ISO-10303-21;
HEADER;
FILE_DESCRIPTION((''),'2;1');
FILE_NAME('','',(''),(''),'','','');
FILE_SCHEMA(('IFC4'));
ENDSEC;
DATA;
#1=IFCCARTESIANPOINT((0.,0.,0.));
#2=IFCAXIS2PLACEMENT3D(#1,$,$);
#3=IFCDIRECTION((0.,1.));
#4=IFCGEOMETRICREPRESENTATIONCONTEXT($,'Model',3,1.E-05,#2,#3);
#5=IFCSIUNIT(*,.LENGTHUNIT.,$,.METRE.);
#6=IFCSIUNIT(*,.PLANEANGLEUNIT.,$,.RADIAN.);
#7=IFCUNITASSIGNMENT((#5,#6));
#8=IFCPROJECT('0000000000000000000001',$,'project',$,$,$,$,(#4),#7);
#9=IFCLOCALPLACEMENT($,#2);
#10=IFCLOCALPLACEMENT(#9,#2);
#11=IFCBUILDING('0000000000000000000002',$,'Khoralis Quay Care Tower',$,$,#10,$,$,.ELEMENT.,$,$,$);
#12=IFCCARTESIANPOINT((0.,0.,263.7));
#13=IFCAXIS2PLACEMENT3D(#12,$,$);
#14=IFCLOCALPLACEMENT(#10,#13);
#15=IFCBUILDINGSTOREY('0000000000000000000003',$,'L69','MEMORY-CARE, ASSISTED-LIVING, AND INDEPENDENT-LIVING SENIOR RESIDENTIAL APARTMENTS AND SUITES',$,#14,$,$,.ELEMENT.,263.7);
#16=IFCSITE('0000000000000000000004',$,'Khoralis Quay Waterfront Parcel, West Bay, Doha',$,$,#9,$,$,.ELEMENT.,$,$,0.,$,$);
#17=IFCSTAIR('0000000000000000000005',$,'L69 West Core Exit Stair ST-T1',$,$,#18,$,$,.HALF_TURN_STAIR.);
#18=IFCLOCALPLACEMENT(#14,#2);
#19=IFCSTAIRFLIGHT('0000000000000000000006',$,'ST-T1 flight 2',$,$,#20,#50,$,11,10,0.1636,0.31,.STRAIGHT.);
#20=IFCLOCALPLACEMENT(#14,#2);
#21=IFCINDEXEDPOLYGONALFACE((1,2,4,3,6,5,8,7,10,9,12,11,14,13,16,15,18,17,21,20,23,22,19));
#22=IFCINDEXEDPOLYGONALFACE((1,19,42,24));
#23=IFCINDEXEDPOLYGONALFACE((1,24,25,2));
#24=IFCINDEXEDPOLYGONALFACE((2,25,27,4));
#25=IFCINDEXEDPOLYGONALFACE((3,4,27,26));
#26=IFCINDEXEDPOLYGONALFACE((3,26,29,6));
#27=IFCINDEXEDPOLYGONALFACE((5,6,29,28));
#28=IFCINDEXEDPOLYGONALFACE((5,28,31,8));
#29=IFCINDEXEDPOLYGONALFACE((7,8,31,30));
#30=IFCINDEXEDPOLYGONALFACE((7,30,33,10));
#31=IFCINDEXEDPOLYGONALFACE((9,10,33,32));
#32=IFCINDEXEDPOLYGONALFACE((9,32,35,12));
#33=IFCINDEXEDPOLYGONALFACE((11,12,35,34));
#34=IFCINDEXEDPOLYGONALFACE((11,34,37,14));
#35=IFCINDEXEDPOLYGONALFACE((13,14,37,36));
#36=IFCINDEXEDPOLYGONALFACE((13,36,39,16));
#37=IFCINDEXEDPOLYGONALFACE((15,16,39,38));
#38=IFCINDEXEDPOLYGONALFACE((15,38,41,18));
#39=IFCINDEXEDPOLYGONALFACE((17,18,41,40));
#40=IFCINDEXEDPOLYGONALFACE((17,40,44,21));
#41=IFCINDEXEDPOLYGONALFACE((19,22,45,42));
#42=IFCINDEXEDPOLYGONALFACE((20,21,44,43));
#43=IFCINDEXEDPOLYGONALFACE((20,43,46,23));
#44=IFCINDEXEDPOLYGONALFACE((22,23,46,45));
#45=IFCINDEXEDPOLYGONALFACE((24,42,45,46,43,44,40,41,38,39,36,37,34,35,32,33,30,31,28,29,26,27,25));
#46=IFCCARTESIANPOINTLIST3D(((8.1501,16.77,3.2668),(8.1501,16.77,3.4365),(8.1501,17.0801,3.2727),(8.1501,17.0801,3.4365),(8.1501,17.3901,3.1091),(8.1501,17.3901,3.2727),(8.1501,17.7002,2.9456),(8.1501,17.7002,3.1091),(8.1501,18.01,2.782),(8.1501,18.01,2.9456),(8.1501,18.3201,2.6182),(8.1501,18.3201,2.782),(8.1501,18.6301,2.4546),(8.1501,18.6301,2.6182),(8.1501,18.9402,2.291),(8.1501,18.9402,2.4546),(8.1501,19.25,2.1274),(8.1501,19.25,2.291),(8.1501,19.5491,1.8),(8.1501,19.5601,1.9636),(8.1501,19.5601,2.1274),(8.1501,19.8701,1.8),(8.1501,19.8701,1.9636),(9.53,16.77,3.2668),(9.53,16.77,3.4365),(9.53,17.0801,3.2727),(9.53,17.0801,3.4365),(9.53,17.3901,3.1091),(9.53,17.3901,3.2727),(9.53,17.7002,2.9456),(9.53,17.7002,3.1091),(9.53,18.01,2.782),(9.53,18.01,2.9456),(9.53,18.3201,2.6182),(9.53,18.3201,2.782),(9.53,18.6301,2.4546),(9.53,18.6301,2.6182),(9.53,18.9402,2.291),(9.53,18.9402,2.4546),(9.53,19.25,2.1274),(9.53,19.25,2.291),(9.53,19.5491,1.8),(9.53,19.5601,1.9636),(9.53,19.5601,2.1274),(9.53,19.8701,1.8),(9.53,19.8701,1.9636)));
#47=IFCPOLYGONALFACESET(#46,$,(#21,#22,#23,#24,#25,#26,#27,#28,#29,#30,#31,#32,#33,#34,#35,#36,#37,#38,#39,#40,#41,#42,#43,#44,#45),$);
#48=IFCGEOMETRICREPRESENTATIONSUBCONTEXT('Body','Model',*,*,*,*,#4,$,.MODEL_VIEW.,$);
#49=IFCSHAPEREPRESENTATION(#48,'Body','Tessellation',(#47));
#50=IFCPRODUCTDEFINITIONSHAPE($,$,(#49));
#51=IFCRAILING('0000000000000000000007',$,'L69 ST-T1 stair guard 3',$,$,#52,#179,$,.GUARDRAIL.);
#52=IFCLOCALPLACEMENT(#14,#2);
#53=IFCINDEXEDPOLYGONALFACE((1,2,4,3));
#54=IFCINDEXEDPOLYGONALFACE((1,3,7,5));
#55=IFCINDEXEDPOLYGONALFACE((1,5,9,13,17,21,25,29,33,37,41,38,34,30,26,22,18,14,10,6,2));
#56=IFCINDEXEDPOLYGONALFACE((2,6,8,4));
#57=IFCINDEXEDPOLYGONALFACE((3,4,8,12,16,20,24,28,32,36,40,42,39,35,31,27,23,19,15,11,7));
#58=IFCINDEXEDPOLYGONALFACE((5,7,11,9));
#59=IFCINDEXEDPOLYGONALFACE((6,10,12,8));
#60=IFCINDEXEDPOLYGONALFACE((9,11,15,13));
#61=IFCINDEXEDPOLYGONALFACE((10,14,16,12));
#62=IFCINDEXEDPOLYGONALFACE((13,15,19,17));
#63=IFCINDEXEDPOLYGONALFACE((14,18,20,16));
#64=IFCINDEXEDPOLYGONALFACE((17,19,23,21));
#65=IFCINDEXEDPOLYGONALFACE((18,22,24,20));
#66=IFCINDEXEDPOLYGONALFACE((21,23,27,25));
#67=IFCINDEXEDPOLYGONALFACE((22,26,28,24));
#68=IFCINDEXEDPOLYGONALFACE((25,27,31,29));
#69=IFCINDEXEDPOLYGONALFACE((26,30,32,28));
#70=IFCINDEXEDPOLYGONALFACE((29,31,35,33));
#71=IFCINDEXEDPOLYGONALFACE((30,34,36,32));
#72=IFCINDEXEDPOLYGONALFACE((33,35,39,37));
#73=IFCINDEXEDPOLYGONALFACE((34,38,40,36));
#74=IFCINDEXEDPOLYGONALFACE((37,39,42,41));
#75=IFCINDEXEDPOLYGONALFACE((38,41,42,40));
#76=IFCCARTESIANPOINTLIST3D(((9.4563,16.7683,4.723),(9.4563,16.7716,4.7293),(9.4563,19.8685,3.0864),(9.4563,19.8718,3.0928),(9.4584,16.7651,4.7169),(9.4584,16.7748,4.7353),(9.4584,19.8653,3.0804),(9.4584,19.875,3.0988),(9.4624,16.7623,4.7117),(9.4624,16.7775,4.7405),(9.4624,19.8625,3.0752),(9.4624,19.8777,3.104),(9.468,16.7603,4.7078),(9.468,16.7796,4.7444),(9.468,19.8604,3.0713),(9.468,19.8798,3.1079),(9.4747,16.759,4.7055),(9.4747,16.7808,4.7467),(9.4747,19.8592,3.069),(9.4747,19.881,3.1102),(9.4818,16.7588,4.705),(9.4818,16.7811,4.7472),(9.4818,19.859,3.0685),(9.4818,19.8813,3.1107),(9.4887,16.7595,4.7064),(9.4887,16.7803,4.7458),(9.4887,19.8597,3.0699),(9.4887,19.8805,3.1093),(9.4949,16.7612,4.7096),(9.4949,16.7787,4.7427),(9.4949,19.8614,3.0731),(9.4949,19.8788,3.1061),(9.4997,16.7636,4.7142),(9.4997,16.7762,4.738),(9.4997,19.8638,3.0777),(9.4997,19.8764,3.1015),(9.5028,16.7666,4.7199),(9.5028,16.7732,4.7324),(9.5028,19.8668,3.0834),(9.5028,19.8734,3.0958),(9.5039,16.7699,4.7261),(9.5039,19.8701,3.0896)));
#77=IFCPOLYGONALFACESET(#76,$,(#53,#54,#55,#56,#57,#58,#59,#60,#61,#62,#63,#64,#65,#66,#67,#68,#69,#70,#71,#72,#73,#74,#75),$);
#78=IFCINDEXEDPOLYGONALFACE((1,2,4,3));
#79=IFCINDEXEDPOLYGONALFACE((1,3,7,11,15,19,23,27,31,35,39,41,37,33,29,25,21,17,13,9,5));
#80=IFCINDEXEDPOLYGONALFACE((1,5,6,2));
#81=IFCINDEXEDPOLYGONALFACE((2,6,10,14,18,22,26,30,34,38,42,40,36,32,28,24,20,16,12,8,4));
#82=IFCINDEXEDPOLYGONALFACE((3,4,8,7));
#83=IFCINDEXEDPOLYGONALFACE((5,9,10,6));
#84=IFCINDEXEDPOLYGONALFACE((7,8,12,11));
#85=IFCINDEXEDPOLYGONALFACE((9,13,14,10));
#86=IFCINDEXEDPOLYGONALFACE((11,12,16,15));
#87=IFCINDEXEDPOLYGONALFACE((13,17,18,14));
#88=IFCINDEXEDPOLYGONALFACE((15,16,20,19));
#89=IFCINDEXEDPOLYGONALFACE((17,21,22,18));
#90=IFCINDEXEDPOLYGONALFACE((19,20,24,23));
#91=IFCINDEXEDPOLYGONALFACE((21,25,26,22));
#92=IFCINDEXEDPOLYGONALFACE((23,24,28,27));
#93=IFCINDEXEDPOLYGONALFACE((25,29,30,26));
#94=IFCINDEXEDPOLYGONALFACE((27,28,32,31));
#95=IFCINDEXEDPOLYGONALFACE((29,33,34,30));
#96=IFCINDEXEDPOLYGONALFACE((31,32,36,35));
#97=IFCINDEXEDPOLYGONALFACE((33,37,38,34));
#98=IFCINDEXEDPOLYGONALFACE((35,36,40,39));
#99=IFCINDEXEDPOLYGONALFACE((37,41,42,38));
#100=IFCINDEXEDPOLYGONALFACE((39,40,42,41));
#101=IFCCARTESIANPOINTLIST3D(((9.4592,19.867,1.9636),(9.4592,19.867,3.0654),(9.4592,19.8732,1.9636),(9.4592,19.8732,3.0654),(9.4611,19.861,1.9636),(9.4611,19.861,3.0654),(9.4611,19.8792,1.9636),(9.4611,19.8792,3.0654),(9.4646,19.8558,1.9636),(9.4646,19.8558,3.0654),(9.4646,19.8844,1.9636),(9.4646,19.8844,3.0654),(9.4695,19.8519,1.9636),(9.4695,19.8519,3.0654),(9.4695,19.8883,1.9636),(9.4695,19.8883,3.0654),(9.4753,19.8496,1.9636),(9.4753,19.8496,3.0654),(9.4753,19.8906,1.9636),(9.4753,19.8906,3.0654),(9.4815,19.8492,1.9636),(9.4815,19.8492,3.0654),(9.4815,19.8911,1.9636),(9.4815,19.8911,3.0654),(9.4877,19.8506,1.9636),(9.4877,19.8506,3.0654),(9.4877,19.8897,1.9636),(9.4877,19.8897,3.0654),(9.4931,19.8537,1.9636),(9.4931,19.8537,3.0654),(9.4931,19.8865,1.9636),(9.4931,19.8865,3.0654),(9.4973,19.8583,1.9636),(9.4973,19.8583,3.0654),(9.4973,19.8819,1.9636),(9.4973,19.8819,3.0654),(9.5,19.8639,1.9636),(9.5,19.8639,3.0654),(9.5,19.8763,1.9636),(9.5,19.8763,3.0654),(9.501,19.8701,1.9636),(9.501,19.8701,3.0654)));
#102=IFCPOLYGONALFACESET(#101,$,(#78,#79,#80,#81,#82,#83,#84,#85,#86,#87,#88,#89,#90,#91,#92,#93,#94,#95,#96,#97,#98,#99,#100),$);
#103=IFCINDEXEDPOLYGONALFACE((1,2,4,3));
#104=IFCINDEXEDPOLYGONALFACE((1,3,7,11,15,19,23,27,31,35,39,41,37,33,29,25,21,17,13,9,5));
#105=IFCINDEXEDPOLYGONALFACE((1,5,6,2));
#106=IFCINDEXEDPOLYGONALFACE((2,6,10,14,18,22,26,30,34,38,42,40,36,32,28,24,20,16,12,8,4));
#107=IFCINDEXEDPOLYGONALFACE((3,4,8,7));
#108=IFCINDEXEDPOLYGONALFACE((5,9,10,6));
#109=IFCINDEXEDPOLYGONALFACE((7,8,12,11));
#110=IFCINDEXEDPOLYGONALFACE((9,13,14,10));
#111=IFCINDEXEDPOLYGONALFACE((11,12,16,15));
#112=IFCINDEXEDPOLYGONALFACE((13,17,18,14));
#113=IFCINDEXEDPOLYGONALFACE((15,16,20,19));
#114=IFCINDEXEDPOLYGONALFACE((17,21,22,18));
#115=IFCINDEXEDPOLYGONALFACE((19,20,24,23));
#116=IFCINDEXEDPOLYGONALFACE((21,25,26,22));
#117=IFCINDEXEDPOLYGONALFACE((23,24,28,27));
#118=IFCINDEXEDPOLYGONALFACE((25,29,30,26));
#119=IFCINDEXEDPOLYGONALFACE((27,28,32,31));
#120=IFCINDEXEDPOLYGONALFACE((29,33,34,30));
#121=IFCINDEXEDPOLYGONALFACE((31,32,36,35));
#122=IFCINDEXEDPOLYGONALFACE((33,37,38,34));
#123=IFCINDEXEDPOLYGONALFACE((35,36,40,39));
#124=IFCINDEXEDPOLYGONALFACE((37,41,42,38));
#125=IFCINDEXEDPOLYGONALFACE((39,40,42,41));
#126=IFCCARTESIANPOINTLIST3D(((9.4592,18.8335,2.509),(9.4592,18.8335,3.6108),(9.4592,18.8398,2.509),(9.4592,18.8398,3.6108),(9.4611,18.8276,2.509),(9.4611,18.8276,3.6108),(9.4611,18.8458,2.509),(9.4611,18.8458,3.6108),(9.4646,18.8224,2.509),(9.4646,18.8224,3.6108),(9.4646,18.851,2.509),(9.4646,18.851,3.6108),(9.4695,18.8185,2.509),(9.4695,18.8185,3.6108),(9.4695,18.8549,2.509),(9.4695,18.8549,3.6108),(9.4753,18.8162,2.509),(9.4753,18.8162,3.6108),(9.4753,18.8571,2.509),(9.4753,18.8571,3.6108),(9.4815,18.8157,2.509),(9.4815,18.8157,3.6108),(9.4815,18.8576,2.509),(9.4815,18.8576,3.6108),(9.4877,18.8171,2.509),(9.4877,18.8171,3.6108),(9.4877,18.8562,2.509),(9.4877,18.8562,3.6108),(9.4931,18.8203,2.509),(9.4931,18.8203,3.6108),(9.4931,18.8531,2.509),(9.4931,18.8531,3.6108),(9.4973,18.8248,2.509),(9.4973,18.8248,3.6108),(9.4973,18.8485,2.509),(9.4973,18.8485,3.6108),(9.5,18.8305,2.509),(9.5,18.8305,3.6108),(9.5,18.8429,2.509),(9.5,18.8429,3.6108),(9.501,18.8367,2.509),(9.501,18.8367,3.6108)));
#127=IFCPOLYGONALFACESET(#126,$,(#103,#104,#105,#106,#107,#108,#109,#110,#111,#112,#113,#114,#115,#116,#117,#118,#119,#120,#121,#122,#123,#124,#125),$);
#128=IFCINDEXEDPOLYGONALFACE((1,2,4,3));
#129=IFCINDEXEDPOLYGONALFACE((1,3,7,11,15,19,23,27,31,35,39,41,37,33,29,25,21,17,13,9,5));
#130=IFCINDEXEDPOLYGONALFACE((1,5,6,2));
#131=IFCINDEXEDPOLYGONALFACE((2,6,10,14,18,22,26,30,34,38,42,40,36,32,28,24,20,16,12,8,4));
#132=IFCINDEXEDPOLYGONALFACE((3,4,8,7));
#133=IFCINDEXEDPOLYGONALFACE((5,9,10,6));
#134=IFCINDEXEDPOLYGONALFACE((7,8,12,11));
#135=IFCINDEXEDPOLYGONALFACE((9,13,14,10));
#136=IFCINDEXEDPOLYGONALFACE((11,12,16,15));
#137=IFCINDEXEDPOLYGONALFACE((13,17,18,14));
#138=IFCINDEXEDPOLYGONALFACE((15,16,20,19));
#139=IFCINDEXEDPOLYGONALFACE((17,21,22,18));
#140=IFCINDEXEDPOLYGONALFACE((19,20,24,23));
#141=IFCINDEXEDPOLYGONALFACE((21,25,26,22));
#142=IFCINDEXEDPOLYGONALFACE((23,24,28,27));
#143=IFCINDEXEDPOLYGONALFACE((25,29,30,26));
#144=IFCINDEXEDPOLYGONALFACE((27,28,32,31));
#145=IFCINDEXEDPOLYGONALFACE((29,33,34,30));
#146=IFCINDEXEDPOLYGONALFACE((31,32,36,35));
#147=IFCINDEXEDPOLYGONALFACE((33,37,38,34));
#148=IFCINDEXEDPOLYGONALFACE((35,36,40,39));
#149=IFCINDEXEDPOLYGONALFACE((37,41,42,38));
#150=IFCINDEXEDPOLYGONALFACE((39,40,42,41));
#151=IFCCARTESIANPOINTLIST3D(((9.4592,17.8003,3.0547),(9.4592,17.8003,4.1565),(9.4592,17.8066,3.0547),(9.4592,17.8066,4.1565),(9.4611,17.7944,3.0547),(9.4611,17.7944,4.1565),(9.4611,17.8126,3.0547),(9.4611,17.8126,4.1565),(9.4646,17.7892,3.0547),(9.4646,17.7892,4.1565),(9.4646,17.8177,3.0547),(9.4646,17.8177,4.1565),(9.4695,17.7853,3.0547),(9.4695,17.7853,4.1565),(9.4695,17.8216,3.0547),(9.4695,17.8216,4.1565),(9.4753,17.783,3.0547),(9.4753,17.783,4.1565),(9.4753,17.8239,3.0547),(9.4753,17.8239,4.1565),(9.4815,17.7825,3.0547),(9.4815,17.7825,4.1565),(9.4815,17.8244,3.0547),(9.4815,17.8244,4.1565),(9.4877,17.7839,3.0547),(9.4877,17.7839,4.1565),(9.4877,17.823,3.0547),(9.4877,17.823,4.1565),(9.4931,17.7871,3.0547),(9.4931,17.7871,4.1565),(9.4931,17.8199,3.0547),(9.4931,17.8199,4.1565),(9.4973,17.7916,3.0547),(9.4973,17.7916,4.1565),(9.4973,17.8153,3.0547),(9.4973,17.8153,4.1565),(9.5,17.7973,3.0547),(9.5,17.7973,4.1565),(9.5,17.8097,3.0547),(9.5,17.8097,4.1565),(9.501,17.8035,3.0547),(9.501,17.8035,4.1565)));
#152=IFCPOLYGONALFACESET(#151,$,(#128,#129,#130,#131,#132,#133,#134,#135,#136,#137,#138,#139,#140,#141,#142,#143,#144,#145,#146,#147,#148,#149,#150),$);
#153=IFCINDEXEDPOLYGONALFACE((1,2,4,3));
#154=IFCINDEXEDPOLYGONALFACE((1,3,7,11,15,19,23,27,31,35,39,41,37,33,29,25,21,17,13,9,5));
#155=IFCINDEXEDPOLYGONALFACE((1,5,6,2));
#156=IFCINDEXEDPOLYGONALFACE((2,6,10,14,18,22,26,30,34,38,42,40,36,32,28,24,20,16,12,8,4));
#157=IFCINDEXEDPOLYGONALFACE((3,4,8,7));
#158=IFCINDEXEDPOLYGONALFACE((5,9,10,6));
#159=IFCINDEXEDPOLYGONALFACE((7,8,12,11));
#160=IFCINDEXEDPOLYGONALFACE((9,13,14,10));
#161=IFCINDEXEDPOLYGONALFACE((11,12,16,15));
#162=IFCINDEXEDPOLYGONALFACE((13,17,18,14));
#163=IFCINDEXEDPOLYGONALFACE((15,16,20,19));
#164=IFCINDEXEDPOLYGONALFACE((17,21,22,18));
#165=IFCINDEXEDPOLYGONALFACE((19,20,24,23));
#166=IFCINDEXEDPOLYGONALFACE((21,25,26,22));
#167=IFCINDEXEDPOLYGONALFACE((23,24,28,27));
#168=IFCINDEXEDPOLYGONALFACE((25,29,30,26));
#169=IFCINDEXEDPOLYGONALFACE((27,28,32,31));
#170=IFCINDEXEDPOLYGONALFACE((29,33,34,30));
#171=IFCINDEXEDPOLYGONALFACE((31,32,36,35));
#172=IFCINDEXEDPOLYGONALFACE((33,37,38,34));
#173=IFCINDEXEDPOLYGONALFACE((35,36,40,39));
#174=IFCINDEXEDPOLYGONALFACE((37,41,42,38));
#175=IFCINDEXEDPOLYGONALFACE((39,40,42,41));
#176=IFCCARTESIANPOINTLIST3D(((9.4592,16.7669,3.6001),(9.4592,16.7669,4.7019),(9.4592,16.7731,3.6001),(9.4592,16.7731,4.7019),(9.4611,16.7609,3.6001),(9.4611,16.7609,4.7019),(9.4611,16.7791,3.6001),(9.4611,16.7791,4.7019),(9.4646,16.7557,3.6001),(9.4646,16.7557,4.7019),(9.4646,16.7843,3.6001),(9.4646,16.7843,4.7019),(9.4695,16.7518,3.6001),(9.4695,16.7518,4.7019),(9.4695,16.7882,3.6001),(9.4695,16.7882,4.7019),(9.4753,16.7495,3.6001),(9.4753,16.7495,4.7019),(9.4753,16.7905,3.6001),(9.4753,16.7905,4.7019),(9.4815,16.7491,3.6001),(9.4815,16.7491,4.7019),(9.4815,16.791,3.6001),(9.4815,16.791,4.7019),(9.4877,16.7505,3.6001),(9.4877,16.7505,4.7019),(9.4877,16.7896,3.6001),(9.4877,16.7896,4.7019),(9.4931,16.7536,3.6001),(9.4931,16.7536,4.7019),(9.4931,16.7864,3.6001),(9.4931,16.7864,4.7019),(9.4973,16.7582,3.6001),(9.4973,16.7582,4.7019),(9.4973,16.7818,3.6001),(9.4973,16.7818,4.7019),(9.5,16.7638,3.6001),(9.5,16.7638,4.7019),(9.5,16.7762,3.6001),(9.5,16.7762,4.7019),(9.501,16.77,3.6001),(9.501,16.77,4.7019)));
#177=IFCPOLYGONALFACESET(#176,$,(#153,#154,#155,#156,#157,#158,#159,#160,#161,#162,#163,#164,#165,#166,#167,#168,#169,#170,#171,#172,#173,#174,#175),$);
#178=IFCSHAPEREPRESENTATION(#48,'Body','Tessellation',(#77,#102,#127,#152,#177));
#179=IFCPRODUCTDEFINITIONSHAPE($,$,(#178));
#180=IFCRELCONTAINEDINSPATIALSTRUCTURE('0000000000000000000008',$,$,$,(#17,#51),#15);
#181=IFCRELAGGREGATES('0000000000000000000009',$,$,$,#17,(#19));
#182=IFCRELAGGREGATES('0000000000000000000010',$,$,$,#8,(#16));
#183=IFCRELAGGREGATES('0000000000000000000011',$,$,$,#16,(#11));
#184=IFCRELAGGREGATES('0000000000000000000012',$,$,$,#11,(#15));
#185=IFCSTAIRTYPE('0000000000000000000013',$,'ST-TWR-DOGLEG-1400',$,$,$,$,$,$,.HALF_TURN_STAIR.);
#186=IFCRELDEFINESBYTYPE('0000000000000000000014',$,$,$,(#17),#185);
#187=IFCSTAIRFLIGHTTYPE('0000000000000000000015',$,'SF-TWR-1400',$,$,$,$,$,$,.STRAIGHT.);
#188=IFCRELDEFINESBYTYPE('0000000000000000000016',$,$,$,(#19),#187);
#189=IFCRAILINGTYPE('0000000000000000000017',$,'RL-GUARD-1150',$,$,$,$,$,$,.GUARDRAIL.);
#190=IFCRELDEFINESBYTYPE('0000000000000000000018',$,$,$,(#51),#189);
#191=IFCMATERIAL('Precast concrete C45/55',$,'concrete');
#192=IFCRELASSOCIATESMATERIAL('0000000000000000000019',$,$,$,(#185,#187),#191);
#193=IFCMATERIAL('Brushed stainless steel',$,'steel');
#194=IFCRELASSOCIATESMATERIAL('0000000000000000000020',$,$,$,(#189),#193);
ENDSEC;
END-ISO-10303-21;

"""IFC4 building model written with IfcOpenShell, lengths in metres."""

from ifc_helpers import new_model, si_unit, direction, frame, origin, origin_2d, place, context, subcontext, project, spatial, polyline, circle, outline, extrude, source, transform, mapped, material, type_object, element, aggregate, save


model = new_model("IFC4")

# Units and contexts
model_context = context("Model", 3, precision=1e-05, world=origin(), true_north=direction((0.0, 1.0)))
body_context = subcontext(model_context, "Body", "Model", "MODEL_VIEW")
ifc_project = project(units=[si_unit("LENGTHUNIT", "METRE"), si_unit("PLANEANGLEUNIT", "RADIAN")], contexts=[model_context])

# Site, building, storey
site_placement = place(None, origin())
site = spatial("IfcSite", under=ifc_project, at=site_placement, Name="Khoralis Quay Waterfront Parcel, West Bay, Doha", CompositionType="ELEMENT", RefElevation=0.0)
building_placement = place(site_placement, origin())
building = spatial("IfcBuilding", under=site, at=building_placement, Name="Khoralis Quay Care Tower", CompositionType="ELEMENT")
storey_placement = place(building_placement, frame((0.0, 0.0, 263.7)))
storey = spatial("IfcBuildingStorey", under=building, at=storey_placement, Name="L69", Description="MEMORY-CARE, ASSISTED-LIVING, AND INDEPENDENT-LIVING SENIOR RESIDENTIAL APARTMENTS AND SUITES", CompositionType="ELEMENT", Elevation=263.7)

# Shared definitions
ifc_material_1 = material(Name="Brushed stainless steel", Category="steel")

# Shared definitions
ifc_material_2 = material(Name="Precast concrete C45/55", Category="concrete")

# Stair, stair flight
stair_type = type_object("IfcStairType", Name="ST-TWR-DOGLEG-1400", PredefinedType="HALF_TURN_STAIR", material=ifc_material_2)
stair_placement = place(storey_placement, origin())
stair = element("IfcStair", 1, at=stair_placement, inside=storey, type_object=stair_type, Name="L69 West Core Exit Stair ST-T1", PredefinedType="HALF_TURN_STAIR")
stair_flight_type = type_object("IfcStairFlightType", Name="SF-TWR-1400", PredefinedType="STRAIGHT", material=ifc_material_2)
shared_shape_1 = source(origin(), body_context, "Body", "SweptSolid", [
    extrude(outline(polyline([(0.0, 0.0), (0.0, 0.1636), (0.3101, 0.1636), (0.3101, 0.3274), (0.6201, 0.3274), (0.6201, 0.491), (0.9299, 0.491), (0.9299, 0.6545), (1.24, 0.6545), (1.24, 0.8181), (1.55, 0.8181), (1.55, 0.9819), (1.8601, 0.9819), (1.8601, 1.1455), (2.1699, 1.1455), (2.1699, 1.3091), (2.48, 1.3091), (2.48, 1.4727), (2.79, 1.4727), (2.79, 1.6365), (3.1001, 1.6365), (3.1001, 1.8), (3.1001, 1.4668), (0.321, 0.0), (0.0, 0.0)])), frame((0.0, 0.6899, 0.0), z_axis=(0.0, -1.0, 0.0), x_axis=(1.0, 0.0, 0.0)), (0.0, 0.0, 1.0), 1.3799),
])
stair_flight_placement = place(storey_placement, frame((8.8401, 19.8701, 1.8), z_axis=(0.0, 0.0, 1.0), x_axis=(0.0, -1.0, 0.0)))
stair_flight = element("IfcStairFlight", 2, at=stair_flight_placement, type_object=stair_flight_type, Name="ST-T1 flight 2", NumberOfRisers=11, NumberOfTreads=10, PredefinedType="STRAIGHT", RiserHeight=0.1636, TreadLength=0.31, context=body_context, shape_type="MappedRepresentation", body=[
    mapped(shared_shape_1, transform((0.0, 0.0, 0.0), scale=1.0)),
])
aggregate(stair, [stair_flight])

# Railing
railing_type_1 = type_object("IfcRailingType", Name="RL-GUARD-1150", PredefinedType="GUARDRAIL", material=ifc_material_1)
railing_1_placement = place(storey_placement, frame((9.48, 19.8701, 1.9636)))
element("IfcRailing", 3, at=railing_1_placement, inside=storey, type_object=railing_type_1, Name="L69 ST-T1 stair guard 3", PredefinedType="GUARDRAIL", context=body_context, shape_type="SweptSolid", body=[
    extrude(circle(Radius=0.0239, at=origin_2d()), frame((0.0, 0.0, 1.126), z_axis=(0.0, -0.884348, 0.466828), x_axis=(1.0, 0.0, 0.0)), (0.0, 0.0, 1.0), 3.5056),
    extrude(circle(Radius=0.021, at=origin_2d()), origin(), (0.0, 0.0, 1.0), 1.1018),
    extrude(circle(Radius=0.021, at=origin_2d()), frame((0.0, -1.0334, 0.5454)), (0.0, 0.0, 1.0), 1.1018),
    extrude(circle(Radius=0.021, at=origin_2d()), frame((0.0, -2.0667, 1.0911)), (0.0, 0.0, 1.0), 1.1018),
    extrude(circle(Radius=0.021, at=origin_2d()), frame((0.0, -3.1001, 1.6365)), (0.0, 0.0, 1.0), 1.1018),
])

save(model, "model.ifc")
